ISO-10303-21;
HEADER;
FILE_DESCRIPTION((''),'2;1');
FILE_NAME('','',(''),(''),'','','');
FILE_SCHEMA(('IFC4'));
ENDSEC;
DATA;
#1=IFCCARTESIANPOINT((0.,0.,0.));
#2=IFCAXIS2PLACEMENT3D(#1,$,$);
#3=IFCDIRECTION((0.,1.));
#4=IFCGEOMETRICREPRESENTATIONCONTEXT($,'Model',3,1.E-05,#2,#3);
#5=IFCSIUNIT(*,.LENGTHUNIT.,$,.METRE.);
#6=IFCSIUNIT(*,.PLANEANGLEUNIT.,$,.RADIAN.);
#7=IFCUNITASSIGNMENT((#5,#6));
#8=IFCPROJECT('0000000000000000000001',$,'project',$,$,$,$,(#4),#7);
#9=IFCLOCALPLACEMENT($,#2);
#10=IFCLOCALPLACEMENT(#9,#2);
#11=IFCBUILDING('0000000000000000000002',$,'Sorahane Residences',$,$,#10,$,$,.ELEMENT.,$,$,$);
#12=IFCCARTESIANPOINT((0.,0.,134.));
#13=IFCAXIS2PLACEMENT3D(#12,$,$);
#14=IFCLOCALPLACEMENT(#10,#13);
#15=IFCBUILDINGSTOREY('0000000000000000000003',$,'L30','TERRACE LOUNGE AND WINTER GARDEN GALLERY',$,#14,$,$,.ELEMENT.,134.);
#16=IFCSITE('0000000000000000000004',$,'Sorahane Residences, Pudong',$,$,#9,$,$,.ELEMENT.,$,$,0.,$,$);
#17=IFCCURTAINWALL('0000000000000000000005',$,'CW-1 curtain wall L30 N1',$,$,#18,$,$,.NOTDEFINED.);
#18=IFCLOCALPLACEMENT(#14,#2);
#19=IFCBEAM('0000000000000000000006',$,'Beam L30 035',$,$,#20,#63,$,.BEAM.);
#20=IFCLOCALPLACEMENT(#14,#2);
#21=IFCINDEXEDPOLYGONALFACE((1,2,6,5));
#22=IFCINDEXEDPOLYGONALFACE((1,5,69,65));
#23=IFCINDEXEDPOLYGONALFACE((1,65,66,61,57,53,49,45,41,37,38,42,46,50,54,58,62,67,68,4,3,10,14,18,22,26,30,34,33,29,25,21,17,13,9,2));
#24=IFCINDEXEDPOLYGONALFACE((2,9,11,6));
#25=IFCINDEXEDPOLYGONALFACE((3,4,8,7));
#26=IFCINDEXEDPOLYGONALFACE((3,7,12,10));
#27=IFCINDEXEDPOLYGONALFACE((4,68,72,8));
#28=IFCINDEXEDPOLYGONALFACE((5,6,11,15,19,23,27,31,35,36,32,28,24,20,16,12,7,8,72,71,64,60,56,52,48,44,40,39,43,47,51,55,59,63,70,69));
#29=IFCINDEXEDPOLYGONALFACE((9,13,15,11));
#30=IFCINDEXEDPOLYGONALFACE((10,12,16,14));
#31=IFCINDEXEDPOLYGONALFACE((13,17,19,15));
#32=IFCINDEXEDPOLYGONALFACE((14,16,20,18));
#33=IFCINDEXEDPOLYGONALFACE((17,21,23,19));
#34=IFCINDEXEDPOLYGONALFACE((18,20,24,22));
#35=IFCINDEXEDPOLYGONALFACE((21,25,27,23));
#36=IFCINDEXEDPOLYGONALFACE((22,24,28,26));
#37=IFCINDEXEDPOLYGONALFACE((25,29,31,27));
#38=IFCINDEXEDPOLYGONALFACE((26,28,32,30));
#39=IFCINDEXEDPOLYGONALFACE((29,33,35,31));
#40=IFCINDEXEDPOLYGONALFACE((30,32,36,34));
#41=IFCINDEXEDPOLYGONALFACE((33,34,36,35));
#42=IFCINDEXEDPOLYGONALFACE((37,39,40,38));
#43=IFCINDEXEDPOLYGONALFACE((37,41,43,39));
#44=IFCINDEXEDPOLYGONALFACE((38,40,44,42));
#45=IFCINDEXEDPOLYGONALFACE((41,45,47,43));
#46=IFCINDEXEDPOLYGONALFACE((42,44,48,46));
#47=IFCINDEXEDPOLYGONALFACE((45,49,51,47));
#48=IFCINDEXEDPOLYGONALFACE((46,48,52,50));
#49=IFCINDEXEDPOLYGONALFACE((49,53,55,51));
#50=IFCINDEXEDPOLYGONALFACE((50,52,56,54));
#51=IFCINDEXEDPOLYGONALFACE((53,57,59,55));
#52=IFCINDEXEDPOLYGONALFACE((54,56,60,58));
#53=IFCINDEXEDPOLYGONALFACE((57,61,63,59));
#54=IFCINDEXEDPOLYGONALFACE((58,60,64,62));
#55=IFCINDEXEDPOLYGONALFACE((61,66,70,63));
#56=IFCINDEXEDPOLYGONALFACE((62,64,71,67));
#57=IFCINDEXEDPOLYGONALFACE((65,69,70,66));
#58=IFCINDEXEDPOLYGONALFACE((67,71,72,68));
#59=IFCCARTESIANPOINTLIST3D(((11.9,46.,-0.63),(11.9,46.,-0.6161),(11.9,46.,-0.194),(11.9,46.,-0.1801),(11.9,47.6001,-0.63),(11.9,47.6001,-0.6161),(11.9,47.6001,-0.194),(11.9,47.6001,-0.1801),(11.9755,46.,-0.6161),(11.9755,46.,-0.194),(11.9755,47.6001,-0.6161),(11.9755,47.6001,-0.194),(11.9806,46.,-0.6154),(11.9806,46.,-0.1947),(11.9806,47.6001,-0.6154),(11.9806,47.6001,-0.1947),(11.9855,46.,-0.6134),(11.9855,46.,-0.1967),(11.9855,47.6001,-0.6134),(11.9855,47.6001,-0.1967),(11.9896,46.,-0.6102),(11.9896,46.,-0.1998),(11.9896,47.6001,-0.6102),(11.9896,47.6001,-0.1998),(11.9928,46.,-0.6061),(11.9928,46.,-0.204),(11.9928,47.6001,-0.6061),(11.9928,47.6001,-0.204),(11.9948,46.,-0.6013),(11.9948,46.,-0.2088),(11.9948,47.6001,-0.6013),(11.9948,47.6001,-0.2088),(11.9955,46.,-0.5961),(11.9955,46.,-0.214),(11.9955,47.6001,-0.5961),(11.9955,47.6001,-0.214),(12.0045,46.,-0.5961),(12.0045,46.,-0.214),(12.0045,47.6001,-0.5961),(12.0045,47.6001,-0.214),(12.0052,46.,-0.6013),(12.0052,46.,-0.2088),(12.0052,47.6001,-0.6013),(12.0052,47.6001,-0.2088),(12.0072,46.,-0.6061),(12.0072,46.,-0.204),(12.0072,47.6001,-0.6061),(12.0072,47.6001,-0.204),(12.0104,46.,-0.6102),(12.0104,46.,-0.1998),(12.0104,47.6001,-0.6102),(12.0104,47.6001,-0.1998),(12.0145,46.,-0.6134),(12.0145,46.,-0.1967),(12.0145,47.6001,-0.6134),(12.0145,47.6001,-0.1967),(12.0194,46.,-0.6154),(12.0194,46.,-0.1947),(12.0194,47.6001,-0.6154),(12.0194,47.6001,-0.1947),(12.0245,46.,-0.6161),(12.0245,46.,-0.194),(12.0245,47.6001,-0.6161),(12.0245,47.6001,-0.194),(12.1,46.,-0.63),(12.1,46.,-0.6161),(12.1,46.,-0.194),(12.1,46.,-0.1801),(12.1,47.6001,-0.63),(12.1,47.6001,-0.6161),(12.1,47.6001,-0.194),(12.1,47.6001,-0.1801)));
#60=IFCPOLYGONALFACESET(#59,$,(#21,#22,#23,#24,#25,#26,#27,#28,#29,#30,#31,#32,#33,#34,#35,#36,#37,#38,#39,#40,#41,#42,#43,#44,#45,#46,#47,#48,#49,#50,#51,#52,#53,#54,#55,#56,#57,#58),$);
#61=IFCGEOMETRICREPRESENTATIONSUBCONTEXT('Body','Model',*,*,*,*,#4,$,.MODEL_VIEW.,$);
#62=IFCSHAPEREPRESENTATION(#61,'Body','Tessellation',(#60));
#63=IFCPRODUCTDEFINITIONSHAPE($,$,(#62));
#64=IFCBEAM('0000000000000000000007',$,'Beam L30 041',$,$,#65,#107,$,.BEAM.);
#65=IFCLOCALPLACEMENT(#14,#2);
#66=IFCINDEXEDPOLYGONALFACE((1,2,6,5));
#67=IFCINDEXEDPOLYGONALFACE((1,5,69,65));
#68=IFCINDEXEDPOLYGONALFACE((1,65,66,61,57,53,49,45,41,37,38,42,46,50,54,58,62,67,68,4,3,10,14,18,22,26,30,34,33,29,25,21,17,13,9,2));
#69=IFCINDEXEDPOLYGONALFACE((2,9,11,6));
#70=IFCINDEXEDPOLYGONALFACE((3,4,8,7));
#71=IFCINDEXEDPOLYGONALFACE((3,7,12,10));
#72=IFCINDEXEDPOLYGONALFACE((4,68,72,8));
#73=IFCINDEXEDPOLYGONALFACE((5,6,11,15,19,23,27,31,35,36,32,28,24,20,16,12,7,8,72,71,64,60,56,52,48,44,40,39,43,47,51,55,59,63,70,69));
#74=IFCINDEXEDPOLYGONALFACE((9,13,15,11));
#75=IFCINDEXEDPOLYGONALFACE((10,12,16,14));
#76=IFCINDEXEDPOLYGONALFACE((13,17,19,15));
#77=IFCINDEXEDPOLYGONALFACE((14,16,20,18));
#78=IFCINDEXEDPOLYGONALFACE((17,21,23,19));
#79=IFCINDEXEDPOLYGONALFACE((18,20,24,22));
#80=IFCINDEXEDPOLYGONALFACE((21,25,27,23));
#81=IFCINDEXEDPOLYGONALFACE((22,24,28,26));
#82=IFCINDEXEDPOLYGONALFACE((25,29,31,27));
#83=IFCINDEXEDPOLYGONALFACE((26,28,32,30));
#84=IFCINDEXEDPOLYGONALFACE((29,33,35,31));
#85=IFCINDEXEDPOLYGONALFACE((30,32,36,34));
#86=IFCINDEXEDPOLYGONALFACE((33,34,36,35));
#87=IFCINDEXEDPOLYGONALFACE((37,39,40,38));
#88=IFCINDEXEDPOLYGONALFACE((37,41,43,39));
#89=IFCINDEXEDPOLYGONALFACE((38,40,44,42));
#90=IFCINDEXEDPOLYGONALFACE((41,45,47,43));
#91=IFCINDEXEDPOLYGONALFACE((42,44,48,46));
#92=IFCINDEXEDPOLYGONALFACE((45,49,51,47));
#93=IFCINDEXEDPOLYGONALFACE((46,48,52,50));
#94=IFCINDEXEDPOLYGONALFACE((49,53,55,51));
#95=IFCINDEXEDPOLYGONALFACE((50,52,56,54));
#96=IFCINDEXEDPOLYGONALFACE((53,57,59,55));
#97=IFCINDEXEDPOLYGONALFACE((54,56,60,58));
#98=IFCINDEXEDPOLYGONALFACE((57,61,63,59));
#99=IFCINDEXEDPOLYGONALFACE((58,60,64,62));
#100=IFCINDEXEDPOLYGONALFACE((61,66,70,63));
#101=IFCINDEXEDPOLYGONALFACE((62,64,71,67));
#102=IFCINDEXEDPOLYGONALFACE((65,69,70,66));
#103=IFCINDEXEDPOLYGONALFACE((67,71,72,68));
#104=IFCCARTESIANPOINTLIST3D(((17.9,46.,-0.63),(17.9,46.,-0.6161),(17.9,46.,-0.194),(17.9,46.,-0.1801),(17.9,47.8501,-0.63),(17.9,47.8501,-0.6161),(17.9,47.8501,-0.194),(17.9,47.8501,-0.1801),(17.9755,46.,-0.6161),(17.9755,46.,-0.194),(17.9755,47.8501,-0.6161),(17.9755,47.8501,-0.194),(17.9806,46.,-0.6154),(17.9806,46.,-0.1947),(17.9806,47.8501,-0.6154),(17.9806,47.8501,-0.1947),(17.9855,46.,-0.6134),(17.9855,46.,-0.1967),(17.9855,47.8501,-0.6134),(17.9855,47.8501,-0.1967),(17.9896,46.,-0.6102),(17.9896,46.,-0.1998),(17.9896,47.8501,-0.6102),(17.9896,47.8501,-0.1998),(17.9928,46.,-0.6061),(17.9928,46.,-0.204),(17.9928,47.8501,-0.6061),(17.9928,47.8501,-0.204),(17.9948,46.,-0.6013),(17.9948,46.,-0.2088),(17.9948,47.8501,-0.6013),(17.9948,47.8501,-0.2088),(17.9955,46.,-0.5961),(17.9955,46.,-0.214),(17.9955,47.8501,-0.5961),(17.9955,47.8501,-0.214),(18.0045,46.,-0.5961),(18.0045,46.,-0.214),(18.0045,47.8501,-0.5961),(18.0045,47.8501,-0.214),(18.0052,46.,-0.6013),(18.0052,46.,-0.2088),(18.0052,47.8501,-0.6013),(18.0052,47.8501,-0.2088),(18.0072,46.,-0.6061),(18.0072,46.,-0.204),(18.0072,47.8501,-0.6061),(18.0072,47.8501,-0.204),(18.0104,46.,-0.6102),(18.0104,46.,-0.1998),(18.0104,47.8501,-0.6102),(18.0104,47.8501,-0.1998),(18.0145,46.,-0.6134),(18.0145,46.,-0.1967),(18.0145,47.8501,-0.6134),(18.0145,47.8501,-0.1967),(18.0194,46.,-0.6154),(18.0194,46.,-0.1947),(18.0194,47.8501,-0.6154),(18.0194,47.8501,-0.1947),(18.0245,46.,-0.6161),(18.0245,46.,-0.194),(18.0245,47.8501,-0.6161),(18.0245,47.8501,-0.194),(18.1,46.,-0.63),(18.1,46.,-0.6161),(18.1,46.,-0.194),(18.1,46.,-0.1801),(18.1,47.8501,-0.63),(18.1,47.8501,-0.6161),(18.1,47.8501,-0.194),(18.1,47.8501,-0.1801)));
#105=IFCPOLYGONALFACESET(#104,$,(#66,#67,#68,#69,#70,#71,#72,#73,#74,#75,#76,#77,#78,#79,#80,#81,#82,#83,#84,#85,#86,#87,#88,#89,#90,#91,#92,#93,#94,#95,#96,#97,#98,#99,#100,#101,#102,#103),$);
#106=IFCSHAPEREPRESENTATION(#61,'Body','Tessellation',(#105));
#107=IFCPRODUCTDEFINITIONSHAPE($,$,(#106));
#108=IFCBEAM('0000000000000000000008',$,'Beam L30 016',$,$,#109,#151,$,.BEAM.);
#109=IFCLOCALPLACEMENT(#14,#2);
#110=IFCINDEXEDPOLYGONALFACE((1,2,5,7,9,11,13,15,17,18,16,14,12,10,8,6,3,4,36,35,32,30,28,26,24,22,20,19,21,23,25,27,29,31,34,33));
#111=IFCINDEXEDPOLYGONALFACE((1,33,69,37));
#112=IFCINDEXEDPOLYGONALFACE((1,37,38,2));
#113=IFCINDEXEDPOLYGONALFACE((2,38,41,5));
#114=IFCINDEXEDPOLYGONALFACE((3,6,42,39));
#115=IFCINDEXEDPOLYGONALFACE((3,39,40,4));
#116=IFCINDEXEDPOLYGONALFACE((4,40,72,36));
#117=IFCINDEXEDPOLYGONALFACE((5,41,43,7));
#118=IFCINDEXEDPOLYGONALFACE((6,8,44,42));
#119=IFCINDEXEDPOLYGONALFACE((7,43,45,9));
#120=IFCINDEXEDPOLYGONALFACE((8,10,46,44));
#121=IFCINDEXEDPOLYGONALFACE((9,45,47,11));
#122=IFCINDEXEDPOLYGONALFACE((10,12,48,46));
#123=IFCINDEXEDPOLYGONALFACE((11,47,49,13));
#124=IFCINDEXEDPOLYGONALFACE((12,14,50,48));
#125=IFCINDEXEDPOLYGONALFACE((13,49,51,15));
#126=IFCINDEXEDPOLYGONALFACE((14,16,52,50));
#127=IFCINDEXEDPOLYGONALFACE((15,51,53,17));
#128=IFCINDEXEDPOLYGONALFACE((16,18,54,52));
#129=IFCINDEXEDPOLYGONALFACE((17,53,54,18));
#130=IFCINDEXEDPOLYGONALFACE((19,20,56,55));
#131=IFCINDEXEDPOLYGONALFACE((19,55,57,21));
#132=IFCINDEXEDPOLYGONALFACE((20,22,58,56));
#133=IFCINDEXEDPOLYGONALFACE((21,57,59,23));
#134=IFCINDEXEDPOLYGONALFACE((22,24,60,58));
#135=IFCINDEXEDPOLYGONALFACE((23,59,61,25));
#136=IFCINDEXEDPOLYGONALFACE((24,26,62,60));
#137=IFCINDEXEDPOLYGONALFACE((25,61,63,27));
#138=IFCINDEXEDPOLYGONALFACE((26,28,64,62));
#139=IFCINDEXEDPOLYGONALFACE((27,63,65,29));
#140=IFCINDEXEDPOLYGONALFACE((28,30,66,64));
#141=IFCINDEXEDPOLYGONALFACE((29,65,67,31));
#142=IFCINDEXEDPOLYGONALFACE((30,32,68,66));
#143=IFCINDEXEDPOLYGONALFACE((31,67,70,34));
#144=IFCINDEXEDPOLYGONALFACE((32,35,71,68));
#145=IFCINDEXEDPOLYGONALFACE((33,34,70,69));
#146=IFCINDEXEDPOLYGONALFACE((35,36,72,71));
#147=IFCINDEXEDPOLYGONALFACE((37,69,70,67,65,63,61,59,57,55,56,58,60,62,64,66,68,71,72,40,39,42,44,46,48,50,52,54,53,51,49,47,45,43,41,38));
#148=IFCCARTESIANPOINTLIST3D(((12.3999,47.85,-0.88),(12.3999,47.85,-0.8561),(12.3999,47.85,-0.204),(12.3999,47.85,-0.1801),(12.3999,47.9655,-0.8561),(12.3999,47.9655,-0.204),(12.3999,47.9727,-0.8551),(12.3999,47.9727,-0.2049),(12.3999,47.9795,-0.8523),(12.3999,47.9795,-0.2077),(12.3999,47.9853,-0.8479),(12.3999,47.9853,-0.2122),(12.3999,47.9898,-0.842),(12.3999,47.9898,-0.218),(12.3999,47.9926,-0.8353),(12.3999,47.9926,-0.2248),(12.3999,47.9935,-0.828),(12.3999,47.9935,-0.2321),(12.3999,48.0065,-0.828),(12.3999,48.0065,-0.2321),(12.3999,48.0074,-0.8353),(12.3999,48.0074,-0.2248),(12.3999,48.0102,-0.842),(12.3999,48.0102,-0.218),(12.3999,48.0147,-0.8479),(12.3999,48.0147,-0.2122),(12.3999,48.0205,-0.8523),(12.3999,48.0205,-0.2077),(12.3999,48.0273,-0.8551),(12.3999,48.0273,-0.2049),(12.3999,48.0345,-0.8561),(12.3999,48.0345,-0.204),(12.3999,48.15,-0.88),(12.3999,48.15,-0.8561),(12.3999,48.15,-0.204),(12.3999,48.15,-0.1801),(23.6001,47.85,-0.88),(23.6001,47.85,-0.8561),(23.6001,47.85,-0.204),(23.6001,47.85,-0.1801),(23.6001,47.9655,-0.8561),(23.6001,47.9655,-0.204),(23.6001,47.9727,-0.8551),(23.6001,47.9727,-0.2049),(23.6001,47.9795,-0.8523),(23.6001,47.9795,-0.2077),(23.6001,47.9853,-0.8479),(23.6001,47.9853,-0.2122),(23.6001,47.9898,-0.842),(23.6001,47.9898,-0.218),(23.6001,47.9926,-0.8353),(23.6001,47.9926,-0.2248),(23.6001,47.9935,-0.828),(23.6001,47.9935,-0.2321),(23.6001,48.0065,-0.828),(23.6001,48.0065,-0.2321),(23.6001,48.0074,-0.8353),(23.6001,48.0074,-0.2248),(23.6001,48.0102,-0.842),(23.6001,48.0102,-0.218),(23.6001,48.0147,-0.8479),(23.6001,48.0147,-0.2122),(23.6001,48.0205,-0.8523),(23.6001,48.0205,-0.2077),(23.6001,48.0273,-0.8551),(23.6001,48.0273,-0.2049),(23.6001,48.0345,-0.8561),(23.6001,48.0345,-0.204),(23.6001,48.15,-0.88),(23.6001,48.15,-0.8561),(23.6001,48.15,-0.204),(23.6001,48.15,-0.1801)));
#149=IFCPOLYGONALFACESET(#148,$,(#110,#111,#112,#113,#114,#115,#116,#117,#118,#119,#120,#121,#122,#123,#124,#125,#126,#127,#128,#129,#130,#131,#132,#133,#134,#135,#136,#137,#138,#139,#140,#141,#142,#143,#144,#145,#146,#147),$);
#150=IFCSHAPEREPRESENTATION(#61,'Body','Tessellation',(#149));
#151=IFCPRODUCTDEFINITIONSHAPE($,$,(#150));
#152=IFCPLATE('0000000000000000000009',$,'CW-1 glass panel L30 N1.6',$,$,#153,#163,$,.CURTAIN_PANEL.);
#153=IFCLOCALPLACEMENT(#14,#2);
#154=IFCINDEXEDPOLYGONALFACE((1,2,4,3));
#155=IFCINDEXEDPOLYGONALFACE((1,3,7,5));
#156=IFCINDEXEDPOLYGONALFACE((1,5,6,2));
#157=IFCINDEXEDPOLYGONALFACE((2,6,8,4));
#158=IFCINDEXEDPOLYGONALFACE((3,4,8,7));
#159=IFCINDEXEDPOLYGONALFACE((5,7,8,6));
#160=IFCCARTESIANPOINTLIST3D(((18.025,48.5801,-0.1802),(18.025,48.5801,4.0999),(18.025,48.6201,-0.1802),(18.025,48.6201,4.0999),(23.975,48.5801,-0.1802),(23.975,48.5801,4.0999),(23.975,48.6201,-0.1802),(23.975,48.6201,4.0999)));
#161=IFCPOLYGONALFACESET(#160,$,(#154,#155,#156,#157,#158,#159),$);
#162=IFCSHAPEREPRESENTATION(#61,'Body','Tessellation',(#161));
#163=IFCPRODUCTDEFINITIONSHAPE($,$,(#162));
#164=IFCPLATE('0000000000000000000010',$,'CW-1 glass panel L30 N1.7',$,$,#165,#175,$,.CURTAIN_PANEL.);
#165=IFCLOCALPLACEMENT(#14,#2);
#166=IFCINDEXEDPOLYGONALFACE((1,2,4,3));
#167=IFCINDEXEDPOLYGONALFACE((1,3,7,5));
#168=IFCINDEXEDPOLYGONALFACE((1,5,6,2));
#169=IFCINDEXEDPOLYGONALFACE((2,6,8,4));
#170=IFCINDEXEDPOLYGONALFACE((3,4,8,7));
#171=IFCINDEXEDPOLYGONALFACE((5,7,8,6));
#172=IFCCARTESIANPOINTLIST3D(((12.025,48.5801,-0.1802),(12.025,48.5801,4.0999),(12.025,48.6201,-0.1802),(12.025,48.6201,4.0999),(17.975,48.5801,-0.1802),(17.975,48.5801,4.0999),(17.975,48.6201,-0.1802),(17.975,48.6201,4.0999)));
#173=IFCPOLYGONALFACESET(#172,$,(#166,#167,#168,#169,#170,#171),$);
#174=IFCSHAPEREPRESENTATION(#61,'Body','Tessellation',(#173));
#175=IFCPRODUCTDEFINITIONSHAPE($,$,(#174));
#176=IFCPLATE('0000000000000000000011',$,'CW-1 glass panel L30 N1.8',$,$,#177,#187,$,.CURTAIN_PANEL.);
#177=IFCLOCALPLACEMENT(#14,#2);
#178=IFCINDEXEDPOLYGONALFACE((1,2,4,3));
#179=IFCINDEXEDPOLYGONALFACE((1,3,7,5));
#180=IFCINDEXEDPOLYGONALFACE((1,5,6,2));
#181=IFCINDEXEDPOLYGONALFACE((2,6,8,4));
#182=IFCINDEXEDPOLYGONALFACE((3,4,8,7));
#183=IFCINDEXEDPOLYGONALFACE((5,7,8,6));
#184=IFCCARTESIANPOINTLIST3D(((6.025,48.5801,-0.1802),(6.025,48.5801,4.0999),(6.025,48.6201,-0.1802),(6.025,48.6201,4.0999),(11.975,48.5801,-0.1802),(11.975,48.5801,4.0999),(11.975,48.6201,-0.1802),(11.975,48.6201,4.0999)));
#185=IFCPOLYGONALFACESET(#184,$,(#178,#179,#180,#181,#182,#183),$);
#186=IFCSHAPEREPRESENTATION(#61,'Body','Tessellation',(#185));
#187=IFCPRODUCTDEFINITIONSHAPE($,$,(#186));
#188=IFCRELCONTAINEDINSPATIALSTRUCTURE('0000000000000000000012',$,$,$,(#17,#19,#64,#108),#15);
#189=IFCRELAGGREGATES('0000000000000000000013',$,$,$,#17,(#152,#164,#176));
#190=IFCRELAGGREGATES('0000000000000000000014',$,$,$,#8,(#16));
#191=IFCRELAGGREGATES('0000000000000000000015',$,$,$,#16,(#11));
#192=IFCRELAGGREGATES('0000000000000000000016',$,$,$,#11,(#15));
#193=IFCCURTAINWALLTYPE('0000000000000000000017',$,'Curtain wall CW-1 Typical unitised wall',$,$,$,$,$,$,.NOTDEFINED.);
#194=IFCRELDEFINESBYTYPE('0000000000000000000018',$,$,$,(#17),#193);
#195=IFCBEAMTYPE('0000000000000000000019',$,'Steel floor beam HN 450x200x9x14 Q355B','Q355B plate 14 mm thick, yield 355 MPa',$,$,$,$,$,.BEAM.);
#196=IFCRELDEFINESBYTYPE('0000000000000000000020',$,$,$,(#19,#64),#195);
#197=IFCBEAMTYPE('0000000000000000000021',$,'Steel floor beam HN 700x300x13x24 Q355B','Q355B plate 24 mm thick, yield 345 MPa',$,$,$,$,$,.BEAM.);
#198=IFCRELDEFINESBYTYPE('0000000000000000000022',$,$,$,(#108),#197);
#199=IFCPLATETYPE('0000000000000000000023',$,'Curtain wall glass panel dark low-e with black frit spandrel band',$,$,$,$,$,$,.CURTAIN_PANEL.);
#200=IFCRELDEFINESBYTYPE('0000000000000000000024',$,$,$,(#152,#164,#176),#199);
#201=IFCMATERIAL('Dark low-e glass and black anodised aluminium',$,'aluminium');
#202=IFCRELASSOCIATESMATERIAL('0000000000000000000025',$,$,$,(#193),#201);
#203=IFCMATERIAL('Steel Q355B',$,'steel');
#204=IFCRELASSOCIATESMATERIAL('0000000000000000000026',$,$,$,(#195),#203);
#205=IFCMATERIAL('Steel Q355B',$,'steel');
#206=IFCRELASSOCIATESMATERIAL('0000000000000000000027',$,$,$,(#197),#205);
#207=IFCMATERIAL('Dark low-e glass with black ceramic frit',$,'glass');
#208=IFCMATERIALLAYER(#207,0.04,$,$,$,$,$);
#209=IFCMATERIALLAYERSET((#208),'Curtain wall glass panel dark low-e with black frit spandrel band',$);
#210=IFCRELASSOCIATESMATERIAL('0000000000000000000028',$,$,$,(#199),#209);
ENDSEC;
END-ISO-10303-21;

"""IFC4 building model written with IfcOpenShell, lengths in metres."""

from ifc_helpers import new_model, si_unit, direction, frame, origin, origin_2d, place, context, subcontext, project, spatial, rectangle, i_section, extrude, material, layer, layer_set, material_profile, profile_set, type_object, element, aggregate, save


model = new_model("IFC4")

# Units and contexts
model_context = context("Model", 3, precision=1e-05, world=origin(), true_north=direction((0.0, 1.0)))
body_context = subcontext(model_context, "Body", "Model", "MODEL_VIEW")
ifc_project = project(units=[si_unit("LENGTHUNIT", "METRE"), si_unit("PLANEANGLEUNIT", "RADIAN")], contexts=[model_context])

# Site, building, storey
site_placement = place(None, origin())
site = spatial("IfcSite", under=ifc_project, at=site_placement, Name="Sorahane Residences, Pudong", CompositionType="ELEMENT", RefElevation=0.0)
building_placement = place(site_placement, origin())
building = spatial("IfcBuilding", under=site, at=building_placement, Name="Sorahane Residences", CompositionType="ELEMENT")
storey_placement = place(building_placement, frame((0.0, 0.0, 134.0)))
storey = spatial("IfcBuildingStorey", under=building, at=storey_placement, Name="L30", Description="TERRACE LOUNGE AND WINTER GARDEN GALLERY", CompositionType="ELEMENT", Elevation=134.0)

# Curtain wall
ifc_material_1 = material(Name="Dark low-e glass and black anodised aluminium", Category="aluminium")
curtain_wall_type = type_object("IfcCurtainWallType", Name="Curtain wall CW-1 Typical unitised wall", PredefinedType="NOTDEFINED", material=ifc_material_1)
curtain_wall_placement = place(storey_placement, origin())
curtain_wall = element("IfcCurtainWall", 1, at=curtain_wall_placement, inside=storey, type_object=curtain_wall_type, Name="CW-1 curtain wall L30 N1", PredefinedType="NOTDEFINED")

# Beams
ifc_material_2 = material(Name="Steel Q355B", Category="steel")
ifc_material_profile_1 = material_profile(ifc_material_2, i_section(OverallWidth=0.2, OverallDepth=0.45, WebThickness=0.009, FlangeThickness=0.0139, FilletRadius=0.02, at=origin_2d()), Name="HN 450x200x9x14")
ifc_profile_set_1 = profile_set([ifc_material_profile_1], Name="Steel Q355B")
beam_type_1 = type_object("IfcBeamType", Name="Steel floor beam HN 450x200x9x14 Q355B", Description="Q355B plate 14 mm thick, yield 355 MPa", PredefinedType="BEAM", material=ifc_profile_set_1)
beam_1_placement = place(storey_placement, frame((12.0, 46.0, -0.405), z_axis=(0.0, 1.0, 0.0), x_axis=(-1.0, 0.0, 0.0)))
element("IfcBeam", 2, at=beam_1_placement, inside=storey, type_object=beam_type_1, Name="Beam L30 035", PredefinedType="BEAM", context=body_context, shape_type="SweptSolid", body=[
    extrude(i_section(OverallWidth=0.2, OverallDepth=0.45, WebThickness=0.009, FlangeThickness=0.0139, FilletRadius=0.02, at=origin_2d()), origin(), (0.0, 0.0, 1.0), 1.6001),
])
beam_2_placement = place(storey_placement, frame((18.0, 46.0, -0.405), z_axis=(0.0, 1.0, 0.0), x_axis=(-1.0, 0.0, 0.0)))
element("IfcBeam", 3, at=beam_2_placement, inside=storey, type_object=beam_type_1, Name="Beam L30 041", PredefinedType="BEAM", context=body_context, shape_type="SweptSolid", body=[
    extrude(i_section(OverallWidth=0.2, OverallDepth=0.45, WebThickness=0.009, FlangeThickness=0.0139, FilletRadius=0.02, at=origin_2d()), origin(), (0.0, 0.0, 1.0), 1.8501),
])
ifc_material_3 = material(Name="Steel Q355B", Category="steel")
ifc_material_profile_2 = material_profile(ifc_material_3, i_section(OverallWidth=0.3, OverallDepth=0.7, WebThickness=0.0129, FlangeThickness=0.0239, FilletRadius=0.0281, at=origin_2d()), Name="HN 700x300x13x24")
ifc_profile_set_2 = profile_set([ifc_material_profile_2], Name="Steel Q355B")
beam_type_2 = type_object("IfcBeamType", Name="Steel floor beam HN 700x300x13x24 Q355B", Description="Q355B plate 24 mm thick, yield 345 MPa", PredefinedType="BEAM", material=ifc_profile_set_2)
beam_3_placement = place(storey_placement, frame((12.3999, 48.0, -0.53), z_axis=(1.0, 0.0, 0.0), x_axis=(0.0, 1.0, 0.0)))
element("IfcBeam", 4, at=beam_3_placement, inside=storey, type_object=beam_type_2, Name="Beam L30 016", PredefinedType="BEAM", context=body_context, shape_type="SweptSolid", body=[
    extrude(i_section(OverallWidth=0.3, OverallDepth=0.7, WebThickness=0.0129, FlangeThickness=0.0239, FilletRadius=0.0281, at=origin_2d()), origin(), (0.0, 0.0, 1.0), 11.2002),
])

# Plates
ifc_material_4 = material(Name="Dark low-e glass with black ceramic frit", Category="glass")
ifc_layer_1 = layer(ifc_material_4, 0.04)
ifc_layer_set_1 = layer_set([ifc_layer_1], Name="Curtain wall glass panel dark low-e with black frit spandrel band")
plate_type = type_object("IfcPlateType", Name="Curtain wall glass panel dark low-e with black frit spandrel band", PredefinedType="CURTAIN_PANEL", material=ifc_layer_set_1)
plate_1_placement = place(storey_placement, frame((21.0, 48.6001, -0.1802), z_axis=(0.0, 0.0, 1.0), x_axis=(-1.0, 0.0, 0.0)))
plate_1 = element("IfcPlate", 5, at=plate_1_placement, type_object=plate_type, Name="CW-1 glass panel L30 N1.6", PredefinedType="CURTAIN_PANEL", context=body_context, shape_type="SweptSolid", body=[
    extrude(rectangle(XDim=5.95, YDim=0.04, at=origin_2d()), origin(), (0.0, 0.0, 1.0), 4.28),
])
plate_2_placement = place(storey_placement, frame((15.0, 48.6001, -0.1802), z_axis=(0.0, 0.0, 1.0), x_axis=(-1.0, 0.0, 0.0)))
plate_2 = element("IfcPlate", 6, at=plate_2_placement, type_object=plate_type, Name="CW-1 glass panel L30 N1.7", PredefinedType="CURTAIN_PANEL", context=body_context, shape_type="SweptSolid", body=[
    extrude(rectangle(XDim=5.95, YDim=0.04, at=origin_2d()), origin(), (0.0, 0.0, 1.0), 4.28),
])
plate_3_placement = place(storey_placement, frame((9.0, 48.6001, -0.1802), z_axis=(0.0, 0.0, 1.0), x_axis=(-1.0, 0.0, 0.0)))
plate_3 = element("IfcPlate", 7, at=plate_3_placement, type_object=plate_type, Name="CW-1 glass panel L30 N1.8", PredefinedType="CURTAIN_PANEL", context=body_context, shape_type="SweptSolid", body=[
    extrude(rectangle(XDim=5.95, YDim=0.04, at=origin_2d()), origin(), (0.0, 0.0, 1.0), 4.28),
])
aggregate(curtain_wall, [plate_1, plate_2, plate_3])

save(model, "model.ifc")
